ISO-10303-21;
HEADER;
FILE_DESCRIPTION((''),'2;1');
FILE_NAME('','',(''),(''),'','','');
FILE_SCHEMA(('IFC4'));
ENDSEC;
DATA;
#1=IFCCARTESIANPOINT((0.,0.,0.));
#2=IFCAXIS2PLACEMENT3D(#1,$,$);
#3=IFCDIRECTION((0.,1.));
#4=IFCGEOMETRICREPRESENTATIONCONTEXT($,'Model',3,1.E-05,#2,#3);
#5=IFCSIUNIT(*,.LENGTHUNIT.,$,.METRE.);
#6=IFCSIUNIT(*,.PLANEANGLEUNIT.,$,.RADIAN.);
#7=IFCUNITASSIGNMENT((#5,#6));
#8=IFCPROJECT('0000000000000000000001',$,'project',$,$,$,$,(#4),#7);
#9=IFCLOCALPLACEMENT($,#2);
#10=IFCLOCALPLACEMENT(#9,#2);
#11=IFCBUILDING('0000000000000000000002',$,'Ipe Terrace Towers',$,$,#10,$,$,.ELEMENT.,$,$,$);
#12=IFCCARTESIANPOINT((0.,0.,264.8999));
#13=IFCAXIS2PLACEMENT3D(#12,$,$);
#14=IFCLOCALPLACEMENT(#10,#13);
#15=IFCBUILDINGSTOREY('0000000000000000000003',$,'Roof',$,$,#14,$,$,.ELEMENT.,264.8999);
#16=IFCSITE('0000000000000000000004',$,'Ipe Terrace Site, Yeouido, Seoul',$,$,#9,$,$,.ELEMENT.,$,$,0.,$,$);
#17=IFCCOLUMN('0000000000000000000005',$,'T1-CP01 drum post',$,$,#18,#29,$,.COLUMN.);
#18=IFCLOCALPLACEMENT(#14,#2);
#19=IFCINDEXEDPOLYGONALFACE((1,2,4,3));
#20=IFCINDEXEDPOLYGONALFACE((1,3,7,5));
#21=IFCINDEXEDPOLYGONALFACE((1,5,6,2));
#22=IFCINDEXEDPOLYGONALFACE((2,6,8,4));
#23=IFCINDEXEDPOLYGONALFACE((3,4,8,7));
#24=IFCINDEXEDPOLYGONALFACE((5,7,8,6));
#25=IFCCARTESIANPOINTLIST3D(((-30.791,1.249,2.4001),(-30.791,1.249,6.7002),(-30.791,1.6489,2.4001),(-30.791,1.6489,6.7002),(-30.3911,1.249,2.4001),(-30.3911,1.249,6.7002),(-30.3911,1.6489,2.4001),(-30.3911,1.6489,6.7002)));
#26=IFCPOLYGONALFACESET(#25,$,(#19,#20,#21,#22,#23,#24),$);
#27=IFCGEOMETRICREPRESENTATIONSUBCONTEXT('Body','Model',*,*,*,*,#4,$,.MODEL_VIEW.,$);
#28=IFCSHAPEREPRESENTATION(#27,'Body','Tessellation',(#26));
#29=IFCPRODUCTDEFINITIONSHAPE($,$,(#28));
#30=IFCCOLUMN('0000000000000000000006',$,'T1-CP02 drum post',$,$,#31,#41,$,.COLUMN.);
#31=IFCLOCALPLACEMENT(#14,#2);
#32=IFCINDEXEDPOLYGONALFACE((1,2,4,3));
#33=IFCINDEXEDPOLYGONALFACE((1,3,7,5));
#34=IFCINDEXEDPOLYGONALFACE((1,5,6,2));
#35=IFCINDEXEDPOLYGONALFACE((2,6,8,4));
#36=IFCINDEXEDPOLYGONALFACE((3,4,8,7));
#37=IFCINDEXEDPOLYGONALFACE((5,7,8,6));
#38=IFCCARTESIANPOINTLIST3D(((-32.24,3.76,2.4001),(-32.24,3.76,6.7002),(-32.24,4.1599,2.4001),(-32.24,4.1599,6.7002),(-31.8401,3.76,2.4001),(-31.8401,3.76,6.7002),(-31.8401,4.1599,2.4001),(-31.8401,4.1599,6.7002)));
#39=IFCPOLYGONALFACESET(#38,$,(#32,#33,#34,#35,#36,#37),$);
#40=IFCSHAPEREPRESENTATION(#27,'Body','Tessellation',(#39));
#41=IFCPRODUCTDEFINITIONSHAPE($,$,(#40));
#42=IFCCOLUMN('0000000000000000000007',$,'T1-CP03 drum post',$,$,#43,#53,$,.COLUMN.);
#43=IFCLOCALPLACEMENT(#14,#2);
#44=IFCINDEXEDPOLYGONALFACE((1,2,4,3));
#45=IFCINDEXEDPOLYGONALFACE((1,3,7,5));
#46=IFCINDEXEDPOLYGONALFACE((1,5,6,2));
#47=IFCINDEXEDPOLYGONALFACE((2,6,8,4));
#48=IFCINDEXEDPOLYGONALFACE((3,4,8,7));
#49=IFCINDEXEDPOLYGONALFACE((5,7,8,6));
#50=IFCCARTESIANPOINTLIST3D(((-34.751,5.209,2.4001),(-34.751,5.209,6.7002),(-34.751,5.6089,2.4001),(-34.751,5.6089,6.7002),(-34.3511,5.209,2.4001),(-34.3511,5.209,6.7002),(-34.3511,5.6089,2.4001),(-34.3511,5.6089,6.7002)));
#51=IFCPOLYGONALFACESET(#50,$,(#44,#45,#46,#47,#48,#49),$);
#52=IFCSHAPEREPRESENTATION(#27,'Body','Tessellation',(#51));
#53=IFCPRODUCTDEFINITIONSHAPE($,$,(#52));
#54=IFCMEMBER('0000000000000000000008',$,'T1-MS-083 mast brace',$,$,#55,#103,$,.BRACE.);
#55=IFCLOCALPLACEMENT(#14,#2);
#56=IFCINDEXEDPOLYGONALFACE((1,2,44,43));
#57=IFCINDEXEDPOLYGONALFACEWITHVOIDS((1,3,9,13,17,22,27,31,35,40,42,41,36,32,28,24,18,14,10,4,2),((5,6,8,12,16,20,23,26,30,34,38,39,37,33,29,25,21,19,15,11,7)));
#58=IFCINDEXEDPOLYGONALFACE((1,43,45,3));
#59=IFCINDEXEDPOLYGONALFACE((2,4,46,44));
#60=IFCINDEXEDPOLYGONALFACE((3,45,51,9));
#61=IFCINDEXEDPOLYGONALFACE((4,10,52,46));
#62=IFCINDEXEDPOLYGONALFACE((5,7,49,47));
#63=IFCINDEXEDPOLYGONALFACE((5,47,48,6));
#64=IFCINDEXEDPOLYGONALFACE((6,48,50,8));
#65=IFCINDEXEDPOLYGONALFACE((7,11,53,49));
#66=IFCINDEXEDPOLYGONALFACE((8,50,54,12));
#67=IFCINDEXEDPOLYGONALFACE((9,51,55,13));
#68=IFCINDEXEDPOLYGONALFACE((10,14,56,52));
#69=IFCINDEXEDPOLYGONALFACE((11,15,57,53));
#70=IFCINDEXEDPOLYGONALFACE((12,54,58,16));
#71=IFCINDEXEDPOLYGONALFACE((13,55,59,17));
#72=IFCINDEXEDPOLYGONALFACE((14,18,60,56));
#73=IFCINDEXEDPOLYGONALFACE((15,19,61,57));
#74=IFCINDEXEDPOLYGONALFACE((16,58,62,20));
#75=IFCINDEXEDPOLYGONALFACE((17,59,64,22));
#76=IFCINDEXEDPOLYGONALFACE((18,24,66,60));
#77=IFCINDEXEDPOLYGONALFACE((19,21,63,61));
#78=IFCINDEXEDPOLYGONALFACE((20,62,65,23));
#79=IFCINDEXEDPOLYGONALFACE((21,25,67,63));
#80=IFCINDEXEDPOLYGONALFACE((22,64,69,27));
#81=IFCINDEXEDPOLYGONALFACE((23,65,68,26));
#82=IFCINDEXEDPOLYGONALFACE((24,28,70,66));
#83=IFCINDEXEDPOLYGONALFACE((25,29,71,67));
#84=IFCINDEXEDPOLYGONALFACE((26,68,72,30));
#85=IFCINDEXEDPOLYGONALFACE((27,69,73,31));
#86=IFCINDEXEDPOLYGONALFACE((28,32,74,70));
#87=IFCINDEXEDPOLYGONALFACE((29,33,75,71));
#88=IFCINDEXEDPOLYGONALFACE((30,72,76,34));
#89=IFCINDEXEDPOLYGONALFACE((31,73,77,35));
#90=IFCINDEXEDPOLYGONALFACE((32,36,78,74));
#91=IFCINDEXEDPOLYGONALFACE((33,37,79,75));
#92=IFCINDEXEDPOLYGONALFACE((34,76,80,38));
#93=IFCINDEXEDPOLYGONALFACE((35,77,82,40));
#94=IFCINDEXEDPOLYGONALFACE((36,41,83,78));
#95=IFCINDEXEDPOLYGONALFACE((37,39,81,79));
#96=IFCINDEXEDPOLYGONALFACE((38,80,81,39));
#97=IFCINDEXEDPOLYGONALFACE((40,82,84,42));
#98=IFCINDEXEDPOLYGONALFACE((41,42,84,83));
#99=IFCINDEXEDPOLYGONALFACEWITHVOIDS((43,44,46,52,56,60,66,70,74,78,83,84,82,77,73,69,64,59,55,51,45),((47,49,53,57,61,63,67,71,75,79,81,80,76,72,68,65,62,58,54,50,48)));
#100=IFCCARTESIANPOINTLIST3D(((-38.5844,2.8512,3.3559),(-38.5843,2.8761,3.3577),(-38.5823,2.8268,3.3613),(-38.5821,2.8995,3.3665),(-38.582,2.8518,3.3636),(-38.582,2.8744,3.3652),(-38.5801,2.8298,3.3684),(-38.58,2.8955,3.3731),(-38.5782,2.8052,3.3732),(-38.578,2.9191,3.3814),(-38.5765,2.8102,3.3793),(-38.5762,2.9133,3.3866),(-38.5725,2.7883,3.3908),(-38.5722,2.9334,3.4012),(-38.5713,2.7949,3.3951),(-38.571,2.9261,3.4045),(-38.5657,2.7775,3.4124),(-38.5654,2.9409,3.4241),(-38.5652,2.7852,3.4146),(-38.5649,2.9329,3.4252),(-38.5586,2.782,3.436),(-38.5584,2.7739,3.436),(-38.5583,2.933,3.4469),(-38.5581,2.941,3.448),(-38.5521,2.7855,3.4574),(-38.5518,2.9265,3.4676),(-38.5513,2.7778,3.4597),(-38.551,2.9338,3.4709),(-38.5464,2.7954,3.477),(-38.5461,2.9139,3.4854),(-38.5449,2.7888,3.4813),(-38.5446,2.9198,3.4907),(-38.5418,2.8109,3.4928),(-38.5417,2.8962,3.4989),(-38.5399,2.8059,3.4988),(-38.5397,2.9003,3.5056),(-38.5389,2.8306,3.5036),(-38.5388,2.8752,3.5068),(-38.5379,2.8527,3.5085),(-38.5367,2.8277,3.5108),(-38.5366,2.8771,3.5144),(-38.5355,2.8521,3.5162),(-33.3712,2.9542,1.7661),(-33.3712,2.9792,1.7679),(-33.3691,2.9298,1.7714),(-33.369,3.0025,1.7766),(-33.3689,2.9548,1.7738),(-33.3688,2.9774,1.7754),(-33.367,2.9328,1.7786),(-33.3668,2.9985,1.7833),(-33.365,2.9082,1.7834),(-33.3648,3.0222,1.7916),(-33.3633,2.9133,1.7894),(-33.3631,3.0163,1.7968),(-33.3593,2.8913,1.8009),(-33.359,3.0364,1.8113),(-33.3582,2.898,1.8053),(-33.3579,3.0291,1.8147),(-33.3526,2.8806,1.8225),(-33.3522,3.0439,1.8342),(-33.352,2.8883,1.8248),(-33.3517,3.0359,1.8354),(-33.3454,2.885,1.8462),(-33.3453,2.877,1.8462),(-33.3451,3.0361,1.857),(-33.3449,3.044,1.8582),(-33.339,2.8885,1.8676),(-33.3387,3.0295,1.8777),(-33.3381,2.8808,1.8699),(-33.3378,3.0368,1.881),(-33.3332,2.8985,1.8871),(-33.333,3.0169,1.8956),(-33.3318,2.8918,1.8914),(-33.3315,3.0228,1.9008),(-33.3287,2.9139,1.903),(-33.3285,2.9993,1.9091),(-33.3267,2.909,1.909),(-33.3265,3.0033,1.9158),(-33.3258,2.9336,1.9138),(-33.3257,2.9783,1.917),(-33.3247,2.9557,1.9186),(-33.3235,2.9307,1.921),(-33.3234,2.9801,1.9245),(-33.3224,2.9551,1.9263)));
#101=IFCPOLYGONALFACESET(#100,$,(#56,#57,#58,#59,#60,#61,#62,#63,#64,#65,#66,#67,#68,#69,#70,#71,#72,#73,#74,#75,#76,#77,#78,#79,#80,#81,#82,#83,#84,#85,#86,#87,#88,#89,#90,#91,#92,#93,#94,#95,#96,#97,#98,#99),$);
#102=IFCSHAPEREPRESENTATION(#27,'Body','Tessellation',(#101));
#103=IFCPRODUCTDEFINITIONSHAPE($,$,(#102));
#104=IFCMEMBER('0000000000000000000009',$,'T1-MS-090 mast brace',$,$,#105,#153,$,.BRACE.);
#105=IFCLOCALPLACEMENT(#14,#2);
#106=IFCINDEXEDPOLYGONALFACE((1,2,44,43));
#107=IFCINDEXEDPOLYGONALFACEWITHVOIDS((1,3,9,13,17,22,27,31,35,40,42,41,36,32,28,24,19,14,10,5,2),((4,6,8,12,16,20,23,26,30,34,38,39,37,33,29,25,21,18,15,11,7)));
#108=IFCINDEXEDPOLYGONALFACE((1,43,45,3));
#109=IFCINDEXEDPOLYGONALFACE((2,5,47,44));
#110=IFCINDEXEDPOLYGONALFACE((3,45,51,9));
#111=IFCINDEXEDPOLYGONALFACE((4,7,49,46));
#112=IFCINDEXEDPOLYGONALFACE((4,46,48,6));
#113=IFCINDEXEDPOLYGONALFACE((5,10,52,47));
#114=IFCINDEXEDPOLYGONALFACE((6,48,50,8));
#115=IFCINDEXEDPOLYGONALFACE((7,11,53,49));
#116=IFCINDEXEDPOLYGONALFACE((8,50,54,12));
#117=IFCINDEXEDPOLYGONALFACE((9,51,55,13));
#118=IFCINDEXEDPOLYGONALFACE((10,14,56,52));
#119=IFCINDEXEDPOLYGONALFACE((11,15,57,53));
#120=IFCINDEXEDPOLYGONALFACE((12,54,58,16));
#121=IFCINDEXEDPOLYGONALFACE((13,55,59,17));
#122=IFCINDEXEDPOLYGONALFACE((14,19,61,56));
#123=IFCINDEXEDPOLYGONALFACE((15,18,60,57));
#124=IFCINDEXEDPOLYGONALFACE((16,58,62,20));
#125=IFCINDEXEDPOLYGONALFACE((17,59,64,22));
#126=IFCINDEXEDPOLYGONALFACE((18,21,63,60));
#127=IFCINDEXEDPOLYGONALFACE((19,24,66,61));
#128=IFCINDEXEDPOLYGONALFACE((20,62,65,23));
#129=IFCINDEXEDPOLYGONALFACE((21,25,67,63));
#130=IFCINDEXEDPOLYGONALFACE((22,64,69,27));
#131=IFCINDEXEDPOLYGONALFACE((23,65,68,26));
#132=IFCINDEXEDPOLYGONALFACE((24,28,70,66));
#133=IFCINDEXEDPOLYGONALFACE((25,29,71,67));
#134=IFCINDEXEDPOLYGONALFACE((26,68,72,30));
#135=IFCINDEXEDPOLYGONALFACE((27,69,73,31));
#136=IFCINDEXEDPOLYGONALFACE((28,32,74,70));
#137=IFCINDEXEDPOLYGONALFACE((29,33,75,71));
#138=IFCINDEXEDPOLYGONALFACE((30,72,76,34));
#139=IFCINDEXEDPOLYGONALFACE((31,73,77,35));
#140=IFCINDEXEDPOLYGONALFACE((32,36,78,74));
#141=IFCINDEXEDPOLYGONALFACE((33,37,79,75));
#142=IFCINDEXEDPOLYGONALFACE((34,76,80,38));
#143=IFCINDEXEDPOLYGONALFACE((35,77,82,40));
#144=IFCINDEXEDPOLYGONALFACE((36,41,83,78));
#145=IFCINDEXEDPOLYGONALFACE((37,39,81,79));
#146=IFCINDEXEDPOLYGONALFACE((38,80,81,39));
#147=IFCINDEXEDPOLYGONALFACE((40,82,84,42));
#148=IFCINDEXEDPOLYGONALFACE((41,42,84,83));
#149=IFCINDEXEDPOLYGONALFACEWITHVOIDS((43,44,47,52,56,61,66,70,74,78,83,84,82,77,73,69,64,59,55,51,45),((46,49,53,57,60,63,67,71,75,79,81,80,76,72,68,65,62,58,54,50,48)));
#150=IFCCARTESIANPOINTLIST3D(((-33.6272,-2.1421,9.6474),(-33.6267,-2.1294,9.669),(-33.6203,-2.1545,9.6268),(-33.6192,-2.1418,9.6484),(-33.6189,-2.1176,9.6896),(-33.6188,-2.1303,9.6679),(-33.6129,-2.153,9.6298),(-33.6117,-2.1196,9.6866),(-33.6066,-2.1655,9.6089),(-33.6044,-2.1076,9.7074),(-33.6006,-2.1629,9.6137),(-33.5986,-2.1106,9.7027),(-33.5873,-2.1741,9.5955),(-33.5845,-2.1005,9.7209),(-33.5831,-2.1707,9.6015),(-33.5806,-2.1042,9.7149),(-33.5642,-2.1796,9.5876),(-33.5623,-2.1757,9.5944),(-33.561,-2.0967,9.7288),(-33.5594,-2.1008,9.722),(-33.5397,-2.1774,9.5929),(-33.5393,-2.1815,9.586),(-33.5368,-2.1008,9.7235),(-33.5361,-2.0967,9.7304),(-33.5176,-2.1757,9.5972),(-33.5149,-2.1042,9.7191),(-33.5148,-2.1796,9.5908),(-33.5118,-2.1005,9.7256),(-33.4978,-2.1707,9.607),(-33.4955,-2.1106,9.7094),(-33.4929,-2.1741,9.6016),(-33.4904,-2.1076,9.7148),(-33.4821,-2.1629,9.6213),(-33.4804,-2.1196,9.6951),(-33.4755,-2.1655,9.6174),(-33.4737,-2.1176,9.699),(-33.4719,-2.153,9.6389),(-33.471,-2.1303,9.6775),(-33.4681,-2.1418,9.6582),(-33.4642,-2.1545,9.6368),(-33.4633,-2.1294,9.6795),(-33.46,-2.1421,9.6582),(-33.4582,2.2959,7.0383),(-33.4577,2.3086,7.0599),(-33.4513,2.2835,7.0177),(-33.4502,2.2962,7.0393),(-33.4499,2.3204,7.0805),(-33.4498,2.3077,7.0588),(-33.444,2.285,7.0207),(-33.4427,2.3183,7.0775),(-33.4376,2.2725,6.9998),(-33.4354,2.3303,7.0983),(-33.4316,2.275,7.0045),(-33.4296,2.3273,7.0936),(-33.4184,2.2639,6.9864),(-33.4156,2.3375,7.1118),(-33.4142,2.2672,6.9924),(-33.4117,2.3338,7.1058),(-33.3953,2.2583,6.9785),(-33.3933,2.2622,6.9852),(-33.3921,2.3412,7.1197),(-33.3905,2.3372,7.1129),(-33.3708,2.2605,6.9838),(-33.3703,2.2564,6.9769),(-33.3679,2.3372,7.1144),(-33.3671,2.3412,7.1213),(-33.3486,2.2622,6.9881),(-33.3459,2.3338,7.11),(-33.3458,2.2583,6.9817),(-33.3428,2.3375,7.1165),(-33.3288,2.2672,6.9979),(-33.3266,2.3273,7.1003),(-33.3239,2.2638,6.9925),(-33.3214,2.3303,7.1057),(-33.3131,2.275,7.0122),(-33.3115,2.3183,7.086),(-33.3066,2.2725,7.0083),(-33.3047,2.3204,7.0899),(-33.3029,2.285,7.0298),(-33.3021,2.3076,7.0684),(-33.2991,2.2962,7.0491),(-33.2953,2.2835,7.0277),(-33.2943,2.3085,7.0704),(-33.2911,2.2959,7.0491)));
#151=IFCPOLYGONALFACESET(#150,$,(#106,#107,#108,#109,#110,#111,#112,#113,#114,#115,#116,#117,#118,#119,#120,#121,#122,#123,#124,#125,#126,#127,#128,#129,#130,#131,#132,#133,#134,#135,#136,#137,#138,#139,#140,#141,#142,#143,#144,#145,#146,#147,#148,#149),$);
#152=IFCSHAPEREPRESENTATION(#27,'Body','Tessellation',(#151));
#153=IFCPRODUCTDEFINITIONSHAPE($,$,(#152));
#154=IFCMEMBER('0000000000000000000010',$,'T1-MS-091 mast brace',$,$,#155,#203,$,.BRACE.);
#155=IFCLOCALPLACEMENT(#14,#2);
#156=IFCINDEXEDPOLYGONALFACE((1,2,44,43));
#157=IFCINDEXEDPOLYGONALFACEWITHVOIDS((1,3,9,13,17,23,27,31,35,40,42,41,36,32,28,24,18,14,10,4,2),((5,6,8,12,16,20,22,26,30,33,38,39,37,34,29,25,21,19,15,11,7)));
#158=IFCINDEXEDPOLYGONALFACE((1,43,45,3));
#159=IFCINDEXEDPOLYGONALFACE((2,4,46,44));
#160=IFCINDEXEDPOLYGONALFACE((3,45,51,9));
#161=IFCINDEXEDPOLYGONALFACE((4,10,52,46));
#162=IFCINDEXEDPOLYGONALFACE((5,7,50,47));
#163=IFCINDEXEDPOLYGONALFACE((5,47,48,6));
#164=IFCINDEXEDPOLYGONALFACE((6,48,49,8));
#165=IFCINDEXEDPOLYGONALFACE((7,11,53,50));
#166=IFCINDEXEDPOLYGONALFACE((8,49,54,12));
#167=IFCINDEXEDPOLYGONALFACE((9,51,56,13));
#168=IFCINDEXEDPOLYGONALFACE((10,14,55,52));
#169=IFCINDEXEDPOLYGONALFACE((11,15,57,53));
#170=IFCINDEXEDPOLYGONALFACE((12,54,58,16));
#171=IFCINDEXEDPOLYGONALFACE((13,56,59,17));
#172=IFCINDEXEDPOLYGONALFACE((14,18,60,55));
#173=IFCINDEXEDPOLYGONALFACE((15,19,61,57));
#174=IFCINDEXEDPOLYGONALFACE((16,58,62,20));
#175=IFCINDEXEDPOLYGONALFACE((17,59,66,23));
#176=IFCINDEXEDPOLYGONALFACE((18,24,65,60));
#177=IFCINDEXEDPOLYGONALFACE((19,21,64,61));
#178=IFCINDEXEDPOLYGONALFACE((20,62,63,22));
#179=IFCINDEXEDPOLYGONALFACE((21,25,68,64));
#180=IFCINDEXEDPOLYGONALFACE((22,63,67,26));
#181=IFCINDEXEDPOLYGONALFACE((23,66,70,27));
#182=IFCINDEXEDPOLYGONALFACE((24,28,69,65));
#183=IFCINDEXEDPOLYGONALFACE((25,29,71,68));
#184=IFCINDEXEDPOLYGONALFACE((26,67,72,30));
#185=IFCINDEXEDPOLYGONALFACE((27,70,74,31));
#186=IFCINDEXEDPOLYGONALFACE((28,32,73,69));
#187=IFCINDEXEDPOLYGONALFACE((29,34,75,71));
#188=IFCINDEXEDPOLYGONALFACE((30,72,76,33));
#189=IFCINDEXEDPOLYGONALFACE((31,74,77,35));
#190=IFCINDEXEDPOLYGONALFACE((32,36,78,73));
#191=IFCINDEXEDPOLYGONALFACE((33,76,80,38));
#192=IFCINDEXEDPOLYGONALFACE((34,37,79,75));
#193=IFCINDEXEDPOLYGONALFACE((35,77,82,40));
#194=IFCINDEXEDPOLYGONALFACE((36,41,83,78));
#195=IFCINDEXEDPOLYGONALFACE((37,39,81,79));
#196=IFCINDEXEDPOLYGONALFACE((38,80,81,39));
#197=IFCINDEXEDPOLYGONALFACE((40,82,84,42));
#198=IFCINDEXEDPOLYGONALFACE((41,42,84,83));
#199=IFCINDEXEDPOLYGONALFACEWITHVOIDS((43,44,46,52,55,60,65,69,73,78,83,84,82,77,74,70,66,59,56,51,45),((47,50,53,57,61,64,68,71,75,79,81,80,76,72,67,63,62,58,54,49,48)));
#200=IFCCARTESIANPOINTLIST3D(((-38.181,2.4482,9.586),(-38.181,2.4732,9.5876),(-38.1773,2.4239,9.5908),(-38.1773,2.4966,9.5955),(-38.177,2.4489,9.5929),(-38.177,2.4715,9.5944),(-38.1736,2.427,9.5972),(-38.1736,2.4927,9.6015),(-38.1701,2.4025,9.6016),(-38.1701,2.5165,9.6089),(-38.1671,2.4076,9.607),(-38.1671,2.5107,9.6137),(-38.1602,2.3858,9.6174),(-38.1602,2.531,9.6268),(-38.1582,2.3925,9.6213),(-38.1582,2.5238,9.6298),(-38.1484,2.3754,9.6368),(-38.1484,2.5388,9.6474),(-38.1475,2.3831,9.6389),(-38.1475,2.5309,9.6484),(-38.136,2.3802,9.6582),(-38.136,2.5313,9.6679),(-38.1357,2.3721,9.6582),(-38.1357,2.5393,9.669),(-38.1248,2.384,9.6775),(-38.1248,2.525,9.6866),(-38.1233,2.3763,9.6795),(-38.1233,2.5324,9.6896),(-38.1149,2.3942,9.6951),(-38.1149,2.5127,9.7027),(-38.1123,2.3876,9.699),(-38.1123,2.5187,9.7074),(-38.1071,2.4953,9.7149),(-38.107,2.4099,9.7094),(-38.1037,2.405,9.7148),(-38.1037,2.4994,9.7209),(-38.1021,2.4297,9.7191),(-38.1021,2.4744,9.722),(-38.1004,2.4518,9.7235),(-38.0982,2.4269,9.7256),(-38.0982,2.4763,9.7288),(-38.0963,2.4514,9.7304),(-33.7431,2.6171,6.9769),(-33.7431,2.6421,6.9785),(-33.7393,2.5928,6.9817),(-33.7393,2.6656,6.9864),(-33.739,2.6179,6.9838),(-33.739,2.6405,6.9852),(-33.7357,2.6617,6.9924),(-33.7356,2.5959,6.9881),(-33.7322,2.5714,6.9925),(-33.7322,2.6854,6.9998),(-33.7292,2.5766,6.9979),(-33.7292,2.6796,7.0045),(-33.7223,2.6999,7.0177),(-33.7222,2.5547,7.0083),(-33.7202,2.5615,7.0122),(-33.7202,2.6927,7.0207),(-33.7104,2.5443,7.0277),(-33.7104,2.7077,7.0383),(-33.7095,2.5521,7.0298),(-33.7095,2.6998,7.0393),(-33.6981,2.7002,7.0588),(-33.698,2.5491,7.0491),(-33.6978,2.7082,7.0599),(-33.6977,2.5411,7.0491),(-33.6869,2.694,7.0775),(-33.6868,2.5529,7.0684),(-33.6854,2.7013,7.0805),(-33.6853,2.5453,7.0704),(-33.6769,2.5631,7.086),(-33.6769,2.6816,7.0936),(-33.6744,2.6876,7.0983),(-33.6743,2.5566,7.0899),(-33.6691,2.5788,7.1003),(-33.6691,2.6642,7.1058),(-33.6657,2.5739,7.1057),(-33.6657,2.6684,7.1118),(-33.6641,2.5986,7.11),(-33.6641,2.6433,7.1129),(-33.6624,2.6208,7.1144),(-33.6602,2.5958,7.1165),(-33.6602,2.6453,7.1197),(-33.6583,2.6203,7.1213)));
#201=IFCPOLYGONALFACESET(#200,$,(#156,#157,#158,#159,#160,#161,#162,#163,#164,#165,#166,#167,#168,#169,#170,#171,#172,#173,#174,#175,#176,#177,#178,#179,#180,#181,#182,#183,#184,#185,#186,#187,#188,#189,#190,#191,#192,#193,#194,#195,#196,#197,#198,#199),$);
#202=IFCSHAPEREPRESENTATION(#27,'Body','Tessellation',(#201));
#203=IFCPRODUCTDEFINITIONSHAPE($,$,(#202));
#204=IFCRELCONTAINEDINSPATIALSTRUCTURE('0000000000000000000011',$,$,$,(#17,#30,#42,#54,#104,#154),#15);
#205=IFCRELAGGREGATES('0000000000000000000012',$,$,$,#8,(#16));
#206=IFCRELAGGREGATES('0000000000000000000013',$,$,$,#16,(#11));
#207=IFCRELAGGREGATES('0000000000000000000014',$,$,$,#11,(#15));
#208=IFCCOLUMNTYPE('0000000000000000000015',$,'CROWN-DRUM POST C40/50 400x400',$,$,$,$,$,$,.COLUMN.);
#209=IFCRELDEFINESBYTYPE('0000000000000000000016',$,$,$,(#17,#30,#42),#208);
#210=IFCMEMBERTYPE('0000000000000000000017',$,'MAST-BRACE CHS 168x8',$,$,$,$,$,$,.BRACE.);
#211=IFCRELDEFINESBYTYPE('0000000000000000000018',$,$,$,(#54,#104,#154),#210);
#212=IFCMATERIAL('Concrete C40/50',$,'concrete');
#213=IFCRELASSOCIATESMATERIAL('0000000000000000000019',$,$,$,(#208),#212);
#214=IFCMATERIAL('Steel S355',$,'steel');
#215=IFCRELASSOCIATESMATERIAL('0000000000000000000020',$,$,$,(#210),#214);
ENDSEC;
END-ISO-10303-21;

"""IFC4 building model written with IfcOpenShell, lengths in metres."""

from ifc_helpers import new_model, si_unit, direction, frame, origin, origin_2d, place, context, subcontext, project, spatial, rectangle, hollow_circle, extrude, material, material_profile, profile_set, type_object, element, save


model = new_model("IFC4")

# Units and contexts
model_context = context("Model", 3, precision=1e-05, world=origin(), true_north=direction((0.0, 1.0)))
body_context = subcontext(model_context, "Body", "Model", "MODEL_VIEW")
ifc_project = project(units=[si_unit("LENGTHUNIT", "METRE"), si_unit("PLANEANGLEUNIT", "RADIAN")], contexts=[model_context])

# Site, building, storey
site_placement = place(None, origin())
site = spatial("IfcSite", under=ifc_project, at=site_placement, Name="Ipe Terrace Site, Yeouido, Seoul", CompositionType="ELEMENT", RefElevation=0.0)
building_placement = place(site_placement, origin())
building = spatial("IfcBuilding", under=site, at=building_placement, Name="Ipe Terrace Towers", CompositionType="ELEMENT")
storey_placement = place(building_placement, frame((0.0, 0.0, 264.8999)))
storey = spatial("IfcBuildingStorey", under=building, at=storey_placement, Name="Roof", CompositionType="ELEMENT", Elevation=264.8999)

# Columns
ifc_material_1 = material(Name="Concrete C40/50", Category="concrete")
ifc_material_profile_1 = material_profile(ifc_material_1, rectangle(XDim=0.3999, YDim=0.3999, at=origin_2d()), Name="CROWN-DRUM POST C40/50 400x400")
ifc_profile_set_1 = profile_set([ifc_material_profile_1], Name="Concrete C40/50")
column_type = type_object("IfcColumnType", Name="CROWN-DRUM POST C40/50 400x400", PredefinedType="COLUMN", material=ifc_profile_set_1)
for number, where, z_axis, x_axis, name in (
    (1, (-30.5911, 1.449, 2.4001), (0.0, 0.0, 1.0), (1.0, 0.0, 0.0), "T1-CP01 drum post"),
    (2, (-32.04, 3.96, 2.4001), (0.0, 0.0, 1.0), (1.0, 0.0, 0.0), "T1-CP02 drum post"),
    (3, (-34.551, 5.4089, 2.4001), (0.0, 0.0, 1.0), (1.0, 0.0, 0.0), "T1-CP03 drum post"),
):
    element("IfcColumn", number, at=place(storey_placement, frame(where, z_axis=z_axis, x_axis=x_axis)), inside=storey, type_object=column_type, Name=name, PredefinedType="COLUMN", context=body_context, shape_type="SweptSolid", body=[
        extrude(rectangle(XDim=0.3999, YDim=0.3999, at=origin_2d()), origin(), (0.0, 0.0, 1.0), 4.3),
    ])

# Members
ifc_material_2 = material(Name="Steel S355", Category="steel")
ifc_material_profile_2 = material_profile(ifc_material_2, hollow_circle(Radius=0.084, WallThickness=0.0081, at=origin_2d()), Name="MAST-BRACE CHS 168x8")
ifc_profile_set_2 = profile_set([ifc_material_profile_2], Name="Steel S355")
member_type_1 = type_object("IfcMemberType", Name="MAST-BRACE CHS 168x8", PredefinedType="BRACE", material=ifc_profile_set_2)
member_1_placement = place(storey_placement, frame((-33.3469, 2.9609, 1.8462), z_axis=(-0.956337, -0.0189, 0.291653), x_axis=(0.019759, -0.999805, 0.0)))
element("IfcMember", 4, at=member_1_placement, inside=storey, type_object=member_type_1, Name="T1-MS-083 mast brace", PredefinedType="BRACE", context=body_context, shape_type="SweptSolid", body=[
    extrude(hollow_circle(Radius=0.084, WallThickness=0.0081, at=origin_2d()), origin(), (0.0, 0.0, 1.0), 5.4512),
])
for number, where, z_axis, x_axis, name in (
    (5, (-33.375, 2.2991, 7.0491), (-0.032799, -0.861594, 0.506538), (0.999276, -0.03804, 0.0), "T1-MS-090 mast brace"),
    (6, (-33.7009, 2.625, 7.0491), (-0.861594, -0.032799, 0.506538), (0.03804, -0.999276, 0.0), "T1-MS-091 mast brace"),
):
    element("IfcMember", number, at=place(storey_placement, frame(where, z_axis=z_axis, x_axis=x_axis)), inside=storey, type_object=member_type_1, Name=name, PredefinedType="BRACE", context=body_context, shape_type="SweptSolid", body=[
        extrude(hollow_circle(Radius=0.084, WallThickness=0.0081, at=origin_2d()), origin(), (0.0, 0.0, 1.0), 5.1509),
    ])

save(model, "model.ifc")
